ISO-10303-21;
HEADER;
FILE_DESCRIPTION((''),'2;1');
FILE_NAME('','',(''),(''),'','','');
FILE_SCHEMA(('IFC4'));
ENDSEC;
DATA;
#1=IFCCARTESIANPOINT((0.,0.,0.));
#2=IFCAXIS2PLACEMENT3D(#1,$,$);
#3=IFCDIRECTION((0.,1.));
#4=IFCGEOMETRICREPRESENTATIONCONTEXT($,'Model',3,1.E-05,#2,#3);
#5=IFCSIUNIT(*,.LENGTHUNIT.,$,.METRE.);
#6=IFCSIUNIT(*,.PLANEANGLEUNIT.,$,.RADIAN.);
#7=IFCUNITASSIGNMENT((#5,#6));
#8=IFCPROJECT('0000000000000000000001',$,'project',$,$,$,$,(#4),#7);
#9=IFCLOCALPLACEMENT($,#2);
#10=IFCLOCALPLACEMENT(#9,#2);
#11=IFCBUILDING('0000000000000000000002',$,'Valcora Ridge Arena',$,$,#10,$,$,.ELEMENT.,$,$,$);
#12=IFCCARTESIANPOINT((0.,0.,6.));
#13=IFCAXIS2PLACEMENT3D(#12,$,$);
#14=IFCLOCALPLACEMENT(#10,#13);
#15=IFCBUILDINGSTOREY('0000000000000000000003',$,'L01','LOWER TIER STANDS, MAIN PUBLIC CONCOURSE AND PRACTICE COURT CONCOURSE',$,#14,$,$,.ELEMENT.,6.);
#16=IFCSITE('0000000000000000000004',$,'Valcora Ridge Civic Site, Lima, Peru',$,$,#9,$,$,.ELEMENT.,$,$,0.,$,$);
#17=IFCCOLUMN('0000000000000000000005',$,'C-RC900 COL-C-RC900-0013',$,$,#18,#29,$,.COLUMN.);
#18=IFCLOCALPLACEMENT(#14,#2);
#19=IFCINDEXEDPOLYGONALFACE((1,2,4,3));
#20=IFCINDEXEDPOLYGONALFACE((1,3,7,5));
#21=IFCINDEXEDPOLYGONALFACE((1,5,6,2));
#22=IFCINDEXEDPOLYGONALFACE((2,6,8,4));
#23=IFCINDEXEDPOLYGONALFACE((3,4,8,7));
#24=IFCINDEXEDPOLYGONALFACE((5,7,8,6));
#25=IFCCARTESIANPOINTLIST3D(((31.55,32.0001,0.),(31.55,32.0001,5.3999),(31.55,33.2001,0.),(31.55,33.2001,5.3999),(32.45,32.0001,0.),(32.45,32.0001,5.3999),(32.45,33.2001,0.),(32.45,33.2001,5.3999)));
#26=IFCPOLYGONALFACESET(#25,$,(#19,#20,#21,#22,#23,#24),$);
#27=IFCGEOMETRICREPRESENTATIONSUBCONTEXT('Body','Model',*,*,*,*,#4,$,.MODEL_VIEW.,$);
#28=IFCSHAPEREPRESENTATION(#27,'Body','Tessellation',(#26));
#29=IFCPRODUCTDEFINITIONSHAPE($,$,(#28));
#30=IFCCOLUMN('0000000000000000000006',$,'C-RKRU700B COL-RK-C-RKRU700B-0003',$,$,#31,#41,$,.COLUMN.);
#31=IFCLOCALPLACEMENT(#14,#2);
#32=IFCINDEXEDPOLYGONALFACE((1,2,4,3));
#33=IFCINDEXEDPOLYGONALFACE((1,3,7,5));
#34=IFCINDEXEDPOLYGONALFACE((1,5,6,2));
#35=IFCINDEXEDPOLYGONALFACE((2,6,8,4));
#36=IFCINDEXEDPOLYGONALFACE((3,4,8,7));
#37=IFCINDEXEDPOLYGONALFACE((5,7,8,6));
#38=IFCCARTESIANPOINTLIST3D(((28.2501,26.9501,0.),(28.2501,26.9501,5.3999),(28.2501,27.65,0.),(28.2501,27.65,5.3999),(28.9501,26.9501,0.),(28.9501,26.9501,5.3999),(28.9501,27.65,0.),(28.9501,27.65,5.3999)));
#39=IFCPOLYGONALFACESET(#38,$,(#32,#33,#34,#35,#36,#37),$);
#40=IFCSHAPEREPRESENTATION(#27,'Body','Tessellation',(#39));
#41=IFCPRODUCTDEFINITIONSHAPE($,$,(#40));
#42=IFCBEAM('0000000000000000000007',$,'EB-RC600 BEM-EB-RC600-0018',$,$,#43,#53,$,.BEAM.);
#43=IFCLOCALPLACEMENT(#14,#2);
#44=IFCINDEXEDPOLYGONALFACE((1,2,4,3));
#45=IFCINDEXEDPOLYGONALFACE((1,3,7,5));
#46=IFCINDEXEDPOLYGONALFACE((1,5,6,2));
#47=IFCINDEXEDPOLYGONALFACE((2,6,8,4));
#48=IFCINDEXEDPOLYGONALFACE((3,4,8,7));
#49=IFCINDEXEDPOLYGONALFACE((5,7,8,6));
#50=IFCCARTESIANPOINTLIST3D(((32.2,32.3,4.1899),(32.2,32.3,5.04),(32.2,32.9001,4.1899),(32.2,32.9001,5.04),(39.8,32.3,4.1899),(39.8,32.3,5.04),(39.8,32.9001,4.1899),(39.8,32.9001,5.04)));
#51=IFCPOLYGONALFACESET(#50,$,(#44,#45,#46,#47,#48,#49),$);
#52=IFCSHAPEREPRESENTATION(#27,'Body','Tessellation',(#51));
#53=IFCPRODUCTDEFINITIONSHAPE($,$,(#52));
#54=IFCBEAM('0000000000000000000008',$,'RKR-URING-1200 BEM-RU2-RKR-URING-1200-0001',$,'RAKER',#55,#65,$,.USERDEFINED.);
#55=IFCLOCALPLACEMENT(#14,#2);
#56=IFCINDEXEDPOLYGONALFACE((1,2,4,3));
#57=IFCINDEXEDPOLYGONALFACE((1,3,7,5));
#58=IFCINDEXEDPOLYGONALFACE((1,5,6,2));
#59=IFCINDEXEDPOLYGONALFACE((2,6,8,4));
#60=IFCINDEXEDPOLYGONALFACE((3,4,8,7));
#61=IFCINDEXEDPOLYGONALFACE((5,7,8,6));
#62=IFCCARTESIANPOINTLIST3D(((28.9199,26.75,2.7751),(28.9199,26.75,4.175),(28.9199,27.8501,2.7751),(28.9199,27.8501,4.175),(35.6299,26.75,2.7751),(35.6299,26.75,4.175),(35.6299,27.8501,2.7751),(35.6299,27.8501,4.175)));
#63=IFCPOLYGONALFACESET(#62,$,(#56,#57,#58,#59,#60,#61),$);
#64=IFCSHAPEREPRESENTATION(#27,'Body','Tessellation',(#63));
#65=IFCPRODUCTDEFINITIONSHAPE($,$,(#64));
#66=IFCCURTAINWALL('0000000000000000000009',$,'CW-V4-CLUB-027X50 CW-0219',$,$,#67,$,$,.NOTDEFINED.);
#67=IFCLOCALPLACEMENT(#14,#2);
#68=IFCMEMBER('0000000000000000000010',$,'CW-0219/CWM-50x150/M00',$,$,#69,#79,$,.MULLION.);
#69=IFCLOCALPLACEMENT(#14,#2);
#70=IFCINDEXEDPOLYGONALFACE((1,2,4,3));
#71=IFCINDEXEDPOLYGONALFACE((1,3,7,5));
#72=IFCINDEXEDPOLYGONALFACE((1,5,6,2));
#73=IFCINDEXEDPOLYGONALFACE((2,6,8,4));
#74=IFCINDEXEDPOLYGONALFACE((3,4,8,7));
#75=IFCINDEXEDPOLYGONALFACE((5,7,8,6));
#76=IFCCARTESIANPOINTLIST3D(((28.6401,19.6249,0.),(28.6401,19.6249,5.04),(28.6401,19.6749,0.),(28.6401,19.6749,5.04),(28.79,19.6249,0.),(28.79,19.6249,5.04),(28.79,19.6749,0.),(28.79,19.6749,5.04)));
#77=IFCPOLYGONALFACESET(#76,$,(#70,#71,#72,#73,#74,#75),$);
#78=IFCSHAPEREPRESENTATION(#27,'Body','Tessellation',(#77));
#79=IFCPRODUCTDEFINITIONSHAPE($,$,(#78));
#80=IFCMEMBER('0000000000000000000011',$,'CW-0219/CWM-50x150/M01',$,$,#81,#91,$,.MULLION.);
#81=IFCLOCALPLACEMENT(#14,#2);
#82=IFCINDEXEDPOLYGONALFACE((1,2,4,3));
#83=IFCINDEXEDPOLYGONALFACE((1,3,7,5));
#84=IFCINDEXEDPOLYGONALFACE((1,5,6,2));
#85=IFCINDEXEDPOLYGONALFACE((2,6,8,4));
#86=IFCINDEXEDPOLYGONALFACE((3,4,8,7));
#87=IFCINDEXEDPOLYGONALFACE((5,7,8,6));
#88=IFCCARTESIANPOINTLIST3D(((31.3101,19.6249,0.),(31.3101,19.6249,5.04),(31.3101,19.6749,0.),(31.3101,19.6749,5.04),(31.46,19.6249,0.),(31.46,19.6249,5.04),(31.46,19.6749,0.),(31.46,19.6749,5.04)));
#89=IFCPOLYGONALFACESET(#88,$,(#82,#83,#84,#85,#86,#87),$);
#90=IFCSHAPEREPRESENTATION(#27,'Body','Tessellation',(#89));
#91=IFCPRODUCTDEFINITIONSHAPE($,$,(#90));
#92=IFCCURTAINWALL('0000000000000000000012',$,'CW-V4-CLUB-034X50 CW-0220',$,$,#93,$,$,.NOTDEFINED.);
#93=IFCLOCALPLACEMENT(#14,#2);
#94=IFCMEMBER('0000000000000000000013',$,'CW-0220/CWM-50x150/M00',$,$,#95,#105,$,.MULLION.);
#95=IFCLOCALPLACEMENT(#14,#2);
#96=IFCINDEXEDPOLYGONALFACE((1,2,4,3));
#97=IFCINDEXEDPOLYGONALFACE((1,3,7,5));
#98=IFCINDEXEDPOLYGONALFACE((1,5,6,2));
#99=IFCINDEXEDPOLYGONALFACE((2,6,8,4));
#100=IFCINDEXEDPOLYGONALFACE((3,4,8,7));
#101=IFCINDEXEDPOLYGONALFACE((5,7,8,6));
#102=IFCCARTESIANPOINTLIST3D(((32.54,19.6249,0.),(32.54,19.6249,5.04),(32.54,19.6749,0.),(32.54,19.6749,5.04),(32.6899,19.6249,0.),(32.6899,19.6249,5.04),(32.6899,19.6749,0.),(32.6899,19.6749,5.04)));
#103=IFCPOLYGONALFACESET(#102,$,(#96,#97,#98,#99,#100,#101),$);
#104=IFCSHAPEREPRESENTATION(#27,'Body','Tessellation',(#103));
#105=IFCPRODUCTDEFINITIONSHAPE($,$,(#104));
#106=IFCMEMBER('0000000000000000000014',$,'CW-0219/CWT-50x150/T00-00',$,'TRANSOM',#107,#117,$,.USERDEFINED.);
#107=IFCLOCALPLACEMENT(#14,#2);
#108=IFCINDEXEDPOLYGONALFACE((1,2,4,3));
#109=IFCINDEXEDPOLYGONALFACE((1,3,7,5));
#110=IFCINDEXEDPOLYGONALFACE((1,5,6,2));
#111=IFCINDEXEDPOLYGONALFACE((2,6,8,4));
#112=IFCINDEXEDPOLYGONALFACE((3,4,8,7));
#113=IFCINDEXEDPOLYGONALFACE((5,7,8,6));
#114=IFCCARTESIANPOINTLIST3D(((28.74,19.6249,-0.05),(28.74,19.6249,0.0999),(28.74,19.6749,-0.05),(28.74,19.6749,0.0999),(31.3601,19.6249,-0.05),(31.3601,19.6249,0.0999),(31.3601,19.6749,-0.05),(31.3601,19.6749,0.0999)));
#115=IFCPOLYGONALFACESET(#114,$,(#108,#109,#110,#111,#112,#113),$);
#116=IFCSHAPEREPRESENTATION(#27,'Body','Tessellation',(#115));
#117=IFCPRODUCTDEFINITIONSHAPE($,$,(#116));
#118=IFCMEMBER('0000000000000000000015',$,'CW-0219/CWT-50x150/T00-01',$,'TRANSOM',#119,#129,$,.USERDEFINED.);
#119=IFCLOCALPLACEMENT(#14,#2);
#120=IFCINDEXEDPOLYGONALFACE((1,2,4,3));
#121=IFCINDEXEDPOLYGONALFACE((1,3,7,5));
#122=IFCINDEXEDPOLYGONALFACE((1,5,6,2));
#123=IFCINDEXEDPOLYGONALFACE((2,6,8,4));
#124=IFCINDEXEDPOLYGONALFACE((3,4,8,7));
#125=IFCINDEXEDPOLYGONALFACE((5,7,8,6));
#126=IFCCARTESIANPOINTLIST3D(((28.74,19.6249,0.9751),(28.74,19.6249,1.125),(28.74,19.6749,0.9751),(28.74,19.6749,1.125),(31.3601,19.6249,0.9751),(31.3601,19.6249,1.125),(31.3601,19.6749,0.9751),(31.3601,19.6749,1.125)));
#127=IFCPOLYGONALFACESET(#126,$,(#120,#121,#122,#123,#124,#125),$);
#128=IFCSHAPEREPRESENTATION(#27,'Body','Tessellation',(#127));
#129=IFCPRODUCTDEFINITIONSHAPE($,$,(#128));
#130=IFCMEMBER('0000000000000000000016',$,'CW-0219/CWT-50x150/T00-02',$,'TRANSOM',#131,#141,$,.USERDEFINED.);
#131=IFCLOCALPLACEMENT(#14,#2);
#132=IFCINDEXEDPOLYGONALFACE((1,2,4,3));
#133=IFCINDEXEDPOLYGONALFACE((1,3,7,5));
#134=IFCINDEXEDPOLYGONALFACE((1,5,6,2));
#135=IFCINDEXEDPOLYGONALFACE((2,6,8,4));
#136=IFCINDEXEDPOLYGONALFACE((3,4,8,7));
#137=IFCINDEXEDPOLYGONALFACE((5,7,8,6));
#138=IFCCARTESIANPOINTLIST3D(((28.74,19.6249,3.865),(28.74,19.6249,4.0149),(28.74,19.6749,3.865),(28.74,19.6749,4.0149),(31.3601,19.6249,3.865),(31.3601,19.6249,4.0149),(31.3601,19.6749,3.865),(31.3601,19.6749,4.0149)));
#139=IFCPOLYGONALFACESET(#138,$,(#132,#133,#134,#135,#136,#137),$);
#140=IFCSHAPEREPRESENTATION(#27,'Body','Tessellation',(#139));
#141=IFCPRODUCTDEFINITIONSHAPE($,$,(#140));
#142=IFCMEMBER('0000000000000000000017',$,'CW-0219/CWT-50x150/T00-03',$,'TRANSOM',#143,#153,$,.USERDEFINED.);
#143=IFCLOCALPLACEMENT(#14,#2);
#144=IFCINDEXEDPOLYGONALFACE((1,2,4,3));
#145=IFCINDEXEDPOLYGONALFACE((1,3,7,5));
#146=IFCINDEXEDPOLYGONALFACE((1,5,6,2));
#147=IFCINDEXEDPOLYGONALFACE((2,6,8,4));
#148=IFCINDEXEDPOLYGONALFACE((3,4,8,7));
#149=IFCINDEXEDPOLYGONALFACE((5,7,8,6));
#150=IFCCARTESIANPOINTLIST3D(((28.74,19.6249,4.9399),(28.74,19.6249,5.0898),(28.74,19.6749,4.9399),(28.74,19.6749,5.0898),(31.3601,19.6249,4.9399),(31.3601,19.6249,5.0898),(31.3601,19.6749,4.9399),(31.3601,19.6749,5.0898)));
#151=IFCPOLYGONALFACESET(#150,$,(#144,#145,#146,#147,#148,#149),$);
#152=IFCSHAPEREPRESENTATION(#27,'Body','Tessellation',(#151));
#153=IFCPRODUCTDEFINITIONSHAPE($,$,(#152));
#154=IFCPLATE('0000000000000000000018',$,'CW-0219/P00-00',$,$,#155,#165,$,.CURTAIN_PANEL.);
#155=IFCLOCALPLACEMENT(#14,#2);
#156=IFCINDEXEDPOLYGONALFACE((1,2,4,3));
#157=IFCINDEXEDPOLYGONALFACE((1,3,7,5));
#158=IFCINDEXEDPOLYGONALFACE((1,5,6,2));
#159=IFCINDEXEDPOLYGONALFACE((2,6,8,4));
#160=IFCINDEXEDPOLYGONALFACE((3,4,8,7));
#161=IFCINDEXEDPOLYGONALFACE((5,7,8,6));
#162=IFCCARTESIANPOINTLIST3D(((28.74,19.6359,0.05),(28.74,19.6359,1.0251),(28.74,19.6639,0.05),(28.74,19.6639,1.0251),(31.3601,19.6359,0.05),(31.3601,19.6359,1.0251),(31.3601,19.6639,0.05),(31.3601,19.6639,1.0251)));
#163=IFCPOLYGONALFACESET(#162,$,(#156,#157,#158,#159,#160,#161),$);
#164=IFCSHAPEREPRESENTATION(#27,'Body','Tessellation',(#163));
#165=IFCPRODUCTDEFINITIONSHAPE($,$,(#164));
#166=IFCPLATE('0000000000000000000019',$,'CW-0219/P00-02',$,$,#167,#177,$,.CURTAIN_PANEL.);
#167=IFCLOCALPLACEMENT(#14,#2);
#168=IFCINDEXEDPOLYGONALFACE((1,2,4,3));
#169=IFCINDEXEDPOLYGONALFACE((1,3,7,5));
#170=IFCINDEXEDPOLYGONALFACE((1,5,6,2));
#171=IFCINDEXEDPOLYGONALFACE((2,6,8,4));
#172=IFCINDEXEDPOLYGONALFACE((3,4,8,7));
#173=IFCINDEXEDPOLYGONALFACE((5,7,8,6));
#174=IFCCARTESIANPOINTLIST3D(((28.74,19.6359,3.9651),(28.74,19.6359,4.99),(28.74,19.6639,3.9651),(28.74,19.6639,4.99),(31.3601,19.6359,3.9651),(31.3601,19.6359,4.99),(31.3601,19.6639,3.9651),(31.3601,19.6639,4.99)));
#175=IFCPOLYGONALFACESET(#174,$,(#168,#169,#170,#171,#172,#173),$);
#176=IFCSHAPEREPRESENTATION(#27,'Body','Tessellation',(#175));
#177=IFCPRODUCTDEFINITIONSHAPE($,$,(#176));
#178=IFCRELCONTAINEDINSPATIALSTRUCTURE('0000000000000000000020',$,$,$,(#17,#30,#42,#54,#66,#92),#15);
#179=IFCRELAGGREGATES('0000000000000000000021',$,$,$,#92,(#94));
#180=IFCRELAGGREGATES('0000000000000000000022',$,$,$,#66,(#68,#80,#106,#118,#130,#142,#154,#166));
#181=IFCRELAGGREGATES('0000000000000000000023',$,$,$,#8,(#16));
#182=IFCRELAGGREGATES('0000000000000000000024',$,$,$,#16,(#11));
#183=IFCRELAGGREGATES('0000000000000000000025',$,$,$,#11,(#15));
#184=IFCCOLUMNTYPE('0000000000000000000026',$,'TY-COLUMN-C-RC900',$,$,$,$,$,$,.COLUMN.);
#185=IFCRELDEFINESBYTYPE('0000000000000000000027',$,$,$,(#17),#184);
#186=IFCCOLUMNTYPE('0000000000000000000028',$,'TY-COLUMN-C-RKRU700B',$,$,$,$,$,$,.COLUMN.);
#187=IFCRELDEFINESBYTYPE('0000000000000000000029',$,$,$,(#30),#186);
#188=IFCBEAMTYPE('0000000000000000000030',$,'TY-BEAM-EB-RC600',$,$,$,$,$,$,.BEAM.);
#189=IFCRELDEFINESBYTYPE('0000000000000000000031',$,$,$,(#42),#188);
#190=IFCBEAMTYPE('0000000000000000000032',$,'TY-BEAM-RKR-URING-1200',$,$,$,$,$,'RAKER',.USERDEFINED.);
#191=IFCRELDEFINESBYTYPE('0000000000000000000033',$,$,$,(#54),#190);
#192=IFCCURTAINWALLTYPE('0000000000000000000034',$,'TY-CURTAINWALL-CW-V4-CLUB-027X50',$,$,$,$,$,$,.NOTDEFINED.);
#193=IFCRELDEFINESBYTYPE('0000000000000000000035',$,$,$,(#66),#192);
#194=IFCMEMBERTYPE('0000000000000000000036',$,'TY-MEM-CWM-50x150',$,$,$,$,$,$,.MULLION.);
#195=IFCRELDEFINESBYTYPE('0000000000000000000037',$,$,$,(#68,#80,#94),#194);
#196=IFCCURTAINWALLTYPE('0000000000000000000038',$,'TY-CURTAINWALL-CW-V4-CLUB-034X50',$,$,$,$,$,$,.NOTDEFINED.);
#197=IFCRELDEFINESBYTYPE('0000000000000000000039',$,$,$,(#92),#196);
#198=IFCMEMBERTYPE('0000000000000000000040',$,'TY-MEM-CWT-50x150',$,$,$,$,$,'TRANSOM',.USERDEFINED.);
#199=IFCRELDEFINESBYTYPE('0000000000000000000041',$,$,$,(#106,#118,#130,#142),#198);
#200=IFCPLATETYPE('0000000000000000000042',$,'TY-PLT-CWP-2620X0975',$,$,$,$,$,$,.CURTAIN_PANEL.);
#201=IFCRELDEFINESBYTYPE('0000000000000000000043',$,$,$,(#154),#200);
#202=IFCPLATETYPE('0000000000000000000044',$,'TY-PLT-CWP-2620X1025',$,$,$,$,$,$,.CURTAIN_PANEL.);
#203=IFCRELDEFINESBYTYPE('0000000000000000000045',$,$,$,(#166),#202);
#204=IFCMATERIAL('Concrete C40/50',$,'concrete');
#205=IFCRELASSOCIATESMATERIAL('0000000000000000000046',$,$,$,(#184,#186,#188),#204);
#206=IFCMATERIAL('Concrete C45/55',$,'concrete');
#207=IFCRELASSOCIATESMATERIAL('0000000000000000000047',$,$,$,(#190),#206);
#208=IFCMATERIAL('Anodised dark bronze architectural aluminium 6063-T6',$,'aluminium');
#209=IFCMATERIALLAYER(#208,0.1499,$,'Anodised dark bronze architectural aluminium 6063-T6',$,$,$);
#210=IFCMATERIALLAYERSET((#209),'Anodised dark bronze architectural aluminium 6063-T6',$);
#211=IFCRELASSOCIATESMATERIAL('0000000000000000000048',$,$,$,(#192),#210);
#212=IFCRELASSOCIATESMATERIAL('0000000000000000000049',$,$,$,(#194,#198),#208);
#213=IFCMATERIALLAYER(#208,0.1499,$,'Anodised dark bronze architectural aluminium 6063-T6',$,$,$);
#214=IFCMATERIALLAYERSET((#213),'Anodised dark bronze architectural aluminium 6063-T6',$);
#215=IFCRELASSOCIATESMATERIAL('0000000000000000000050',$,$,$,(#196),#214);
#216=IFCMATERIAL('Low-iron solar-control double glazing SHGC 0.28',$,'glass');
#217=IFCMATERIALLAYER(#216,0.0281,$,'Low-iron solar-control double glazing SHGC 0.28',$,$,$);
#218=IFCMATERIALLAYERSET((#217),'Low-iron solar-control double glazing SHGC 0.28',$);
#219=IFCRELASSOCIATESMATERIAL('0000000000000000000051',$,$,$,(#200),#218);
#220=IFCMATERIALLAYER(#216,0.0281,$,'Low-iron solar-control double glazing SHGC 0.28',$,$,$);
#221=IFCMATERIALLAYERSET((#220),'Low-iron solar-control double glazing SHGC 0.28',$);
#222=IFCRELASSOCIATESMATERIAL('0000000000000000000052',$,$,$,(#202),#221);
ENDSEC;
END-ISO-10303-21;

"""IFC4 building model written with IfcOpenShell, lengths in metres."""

from ifc_helpers import new_model, si_unit, direction, frame, origin, origin_2d, place, context, subcontext, project, spatial, rectangle, extrude, material, layer, layer_set, material_profile, profile_set, type_object, element, aggregate, save


model = new_model("IFC4")

# Units and contexts
model_context = context("Model", 3, precision=1e-05, world=origin(), true_north=direction((0.0, 1.0)))
body_context = subcontext(model_context, "Body", "Model", "MODEL_VIEW")
ifc_project = project(units=[si_unit("LENGTHUNIT", "METRE"), si_unit("PLANEANGLEUNIT", "RADIAN")], contexts=[model_context])

# Site, building, storey
site_placement = place(None, origin())
site = spatial("IfcSite", under=ifc_project, at=site_placement, Name="Valcora Ridge Civic Site, Lima, Peru", CompositionType="ELEMENT", RefElevation=0.0)
building_placement = place(site_placement, origin())
building = spatial("IfcBuilding", under=site, at=building_placement, Name="Valcora Ridge Arena", CompositionType="ELEMENT")
storey_placement = place(building_placement, frame((0.0, 0.0, 6.0)))
storey = spatial("IfcBuildingStorey", under=building, at=storey_placement, Name="L01", Description="LOWER TIER STANDS, MAIN PUBLIC CONCOURSE AND PRACTICE COURT CONCOURSE", CompositionType="ELEMENT", Elevation=6.0)

# Columns
ifc_material_1 = material(Name="Concrete C40/50", Category="concrete")
ifc_material_profile_1 = material_profile(ifc_material_1, rectangle(XDim=0.8999, YDim=1.2, at=origin_2d()), Name="RC 900x1200")
ifc_profile_set_1 = profile_set([ifc_material_profile_1], Name="Concrete C40/50")
column_type_1 = type_object("IfcColumnType", Name="TY-COLUMN-C-RC900", PredefinedType="COLUMN", material=ifc_profile_set_1)
column_1_placement = place(storey_placement, frame((32.0, 32.6001, 0.0), z_axis=(0.0, 0.0, 1.0), x_axis=(1.0, 0.0, 0.0)))
element("IfcColumn", 1, at=column_1_placement, inside=storey, type_object=column_type_1, Name="C-RC900 COL-C-RC900-0013", PredefinedType="COLUMN", context=body_context, shape_type="SweptSolid", body=[
    extrude(rectangle(XDim=0.8999, YDim=1.2, at=origin_2d()), origin(), (0.0, 0.0, 1.0), 5.3999),
])
ifc_material_profile_2 = material_profile(ifc_material_1, rectangle(XDim=0.7, YDim=0.7, at=origin_2d()), Name="RC 700x700")
ifc_profile_set_2 = profile_set([ifc_material_profile_2], Name="Concrete C40/50")
column_type_2 = type_object("IfcColumnType", Name="TY-COLUMN-C-RKRU700B", PredefinedType="COLUMN", material=ifc_profile_set_2)
column_2_placement = place(storey_placement, frame((28.6001, 27.3, 0.0), z_axis=(0.0, 0.0, 1.0), x_axis=(1.0, 0.0, 0.0)))
element("IfcColumn", 2, at=column_2_placement, inside=storey, type_object=column_type_2, Name="C-RKRU700B COL-RK-C-RKRU700B-0003", PredefinedType="COLUMN", context=body_context, shape_type="SweptSolid", body=[
    extrude(rectangle(XDim=0.7, YDim=0.7, at=origin_2d()), origin(), (0.0, 0.0, 1.0), 5.3999),
])

# Beams
ifc_material_profile_3 = material_profile(ifc_material_1, rectangle(XDim=0.6001, YDim=0.8501, at=origin_2d()), Name="RC 600x850")
ifc_profile_set_3 = profile_set([ifc_material_profile_3], Name="Concrete C40/50")
beam_type_1 = type_object("IfcBeamType", Name="TY-BEAM-EB-RC600", PredefinedType="BEAM", material=ifc_profile_set_3)
beam_1_placement = place(storey_placement, frame((32.2, 32.6001, 4.615), z_axis=(1.0, 0.0, 0.0), x_axis=(0.0, 1.0, 0.0)))
element("IfcBeam", 3, at=beam_1_placement, inside=storey, type_object=beam_type_1, Name="EB-RC600 BEM-EB-RC600-0018", PredefinedType="BEAM", context=body_context, shape_type="SweptSolid", body=[
    extrude(rectangle(XDim=0.6001, YDim=0.8501, at=origin_2d()), origin(), (0.0, 0.0, 1.0), 7.6001),
])
ifc_material_2 = material(Name="Concrete C45/55", Category="concrete")
ifc_material_profile_4 = material_profile(ifc_material_2, rectangle(XDim=1.1001, YDim=1.3999, at=origin_2d()), Name="RC 1100x1400")
ifc_profile_set_4 = profile_set([ifc_material_profile_4], Name="Concrete C45/55")
beam_type_2 = type_object("IfcBeamType", Name="TY-BEAM-RKR-URING-1200", ElementType="RAKER", PredefinedType="USERDEFINED", material=ifc_profile_set_4)
beam_2_placement = place(storey_placement, frame((28.9199, 27.3, 3.4751), z_axis=(1.0, 0.0, 0.0), x_axis=(0.0, 1.0, 0.0)))
element("IfcBeam", 4, at=beam_2_placement, inside=storey, type_object=beam_type_2, Name="RKR-URING-1200 BEM-RU2-RKR-URING-1200-0001", ObjectType="RAKER", PredefinedType="USERDEFINED", context=body_context, shape_type="SweptSolid", body=[
    extrude(rectangle(XDim=1.1001, YDim=1.3999, at=origin_2d()), origin(), (0.0, 0.0, 1.0), 6.71),
])

# Curtain wall, members
ifc_material_3 = material(Name="Anodised dark bronze architectural aluminium 6063-T6", Category="aluminium")
ifc_layer_1 = layer(ifc_material_3, 0.1499, Name="Anodised dark bronze architectural aluminium 6063-T6")
ifc_layer_set_1 = layer_set([ifc_layer_1], Name="Anodised dark bronze architectural aluminium 6063-T6")
curtain_wall_type_1 = type_object("IfcCurtainWallType", Name="TY-CURTAINWALL-CW-V4-CLUB-027X50", PredefinedType="NOTDEFINED", material=ifc_layer_set_1)
curtain_wall_1_placement = place(storey_placement, origin())
curtain_wall_1 = element("IfcCurtainWall", 5, at=curtain_wall_1_placement, inside=storey, type_object=curtain_wall_type_1, Name="CW-V4-CLUB-027X50 CW-0219", PredefinedType="NOTDEFINED")
ifc_material_profile_5 = material_profile(ifc_material_3, rectangle(XDim=0.05, YDim=0.1499, at=origin_2d()), Name="ALU MULLION 50x150")
ifc_profile_set_5 = profile_set([ifc_material_profile_5], Name="Anodised dark bronze architectural aluminium 6063-T6")
member_type_1 = type_object("IfcMemberType", Name="TY-MEM-CWM-50x150", PredefinedType="MULLION", material=ifc_profile_set_5)
member_1_placement = place(storey_placement, frame((28.7151, 19.6499, 0.0), z_axis=(0.0, 0.0, 1.0), x_axis=(0.0, 1.0, 0.0)))
member_1 = element("IfcMember", 6, at=member_1_placement, type_object=member_type_1, Name="CW-0219/CWM-50x150/M00", PredefinedType="MULLION", context=body_context, shape_type="SweptSolid", body=[
    extrude(rectangle(XDim=0.05, YDim=0.1499, at=origin_2d()), origin(), (0.0, 0.0, 1.0), 5.04),
])
member_2_placement = place(storey_placement, frame((31.385, 19.6499, 0.0), z_axis=(0.0, 0.0, 1.0), x_axis=(0.0, 1.0, 0.0)))
member_2 = element("IfcMember", 7, at=member_2_placement, type_object=member_type_1, Name="CW-0219/CWM-50x150/M01", PredefinedType="MULLION", context=body_context, shape_type="SweptSolid", body=[
    extrude(rectangle(XDim=0.05, YDim=0.1499, at=origin_2d()), origin(), (0.0, 0.0, 1.0), 5.04),
])

# Curtain wall, member
ifc_layer_2 = layer(ifc_material_3, 0.1499, Name="Anodised dark bronze architectural aluminium 6063-T6")
ifc_layer_set_2 = layer_set([ifc_layer_2], Name="Anodised dark bronze architectural aluminium 6063-T6")
curtain_wall_type_2 = type_object("IfcCurtainWallType", Name="TY-CURTAINWALL-CW-V4-CLUB-034X50", PredefinedType="NOTDEFINED", material=ifc_layer_set_2)
curtain_wall_2_placement = place(storey_placement, origin())
curtain_wall_2 = element("IfcCurtainWall", 8, at=curtain_wall_2_placement, inside=storey, type_object=curtain_wall_type_2, Name="CW-V4-CLUB-034X50 CW-0220", PredefinedType="NOTDEFINED")
member_3_placement = place(storey_placement, frame((32.615, 19.6499, 0.0), z_axis=(0.0, 0.0, 1.0), x_axis=(0.0, 1.0, 0.0)))
member_3 = element("IfcMember", 9, at=member_3_placement, type_object=member_type_1, Name="CW-0220/CWM-50x150/M00", PredefinedType="MULLION", context=body_context, shape_type="SweptSolid", body=[
    extrude(rectangle(XDim=0.05, YDim=0.1499, at=origin_2d()), origin(), (0.0, 0.0, 1.0), 5.04),
])
aggregate(curtain_wall_2, [member_3])

# Members
ifc_material_profile_6 = material_profile(ifc_material_3, rectangle(XDim=0.05, YDim=0.1499, at=origin_2d()), Name="ALU TRANSOM 50x150")
ifc_profile_set_6 = profile_set([ifc_material_profile_6], Name="Anodised dark bronze architectural aluminium 6063-T6")
member_type_2 = type_object("IfcMemberType", Name="TY-MEM-CWT-50x150", ElementType="TRANSOM", PredefinedType="USERDEFINED", material=ifc_profile_set_6)
member_4_placement = place(storey_placement, frame((28.74, 19.6499, 0.0249), z_axis=(1.0, 0.0, 0.0), x_axis=(0.0, 1.0, 0.0)))
member_4 = element("IfcMember", 10, at=member_4_placement, type_object=member_type_2, Name="CW-0219/CWT-50x150/T00-00", ObjectType="TRANSOM", PredefinedType="USERDEFINED", context=body_context, shape_type="SweptSolid", body=[
    extrude(rectangle(XDim=0.05, YDim=0.1499, at=origin_2d()), origin(), (0.0, 0.0, 1.0), 2.6201),
])
member_5_placement = place(storey_placement, frame((28.74, 19.6499, 1.05), z_axis=(1.0, 0.0, 0.0), x_axis=(0.0, 1.0, 0.0)))
member_5 = element("IfcMember", 11, at=member_5_placement, type_object=member_type_2, Name="CW-0219/CWT-50x150/T00-01", ObjectType="TRANSOM", PredefinedType="USERDEFINED", context=body_context, shape_type="SweptSolid", body=[
    extrude(rectangle(XDim=0.05, YDim=0.1499, at=origin_2d()), origin(), (0.0, 0.0, 1.0), 2.6201),
])
member_6_placement = place(storey_placement, frame((28.74, 19.6499, 3.9399), z_axis=(1.0, 0.0, 0.0), x_axis=(0.0, 1.0, 0.0)))
member_6 = element("IfcMember", 12, at=member_6_placement, type_object=member_type_2, Name="CW-0219/CWT-50x150/T00-02", ObjectType="TRANSOM", PredefinedType="USERDEFINED", context=body_context, shape_type="SweptSolid", body=[
    extrude(rectangle(XDim=0.05, YDim=0.1499, at=origin_2d()), origin(), (0.0, 0.0, 1.0), 2.6201),
])
member_7_placement = place(storey_placement, frame((28.74, 19.6499, 5.0149), z_axis=(1.0, 0.0, 0.0), x_axis=(0.0, 1.0, 0.0)))
member_7 = element("IfcMember", 13, at=member_7_placement, type_object=member_type_2, Name="CW-0219/CWT-50x150/T00-03", ObjectType="TRANSOM", PredefinedType="USERDEFINED", context=body_context, shape_type="SweptSolid", body=[
    extrude(rectangle(XDim=0.05, YDim=0.1499, at=origin_2d()), origin(), (0.0, 0.0, 1.0), 2.6201),
])

# Plates
ifc_material_4 = material(Name="Low-iron solar-control double glazing SHGC 0.28", Category="glass")
ifc_layer_3 = layer(ifc_material_4, 0.0281, Name="Low-iron solar-control double glazing SHGC 0.28")
ifc_layer_set_3 = layer_set([ifc_layer_3], Name="Low-iron solar-control double glazing SHGC 0.28")
plate_type_1 = type_object("IfcPlateType", Name="TY-PLT-CWP-2620X0975", PredefinedType="CURTAIN_PANEL", material=ifc_layer_set_3)
plate_1_placement = place(storey_placement, frame((30.05, 19.6499, 0.05), z_axis=(0.0, 0.0, 1.0), x_axis=(1.0, 0.0, 0.0)))
plate_1 = element("IfcPlate", 14, at=plate_1_placement, type_object=plate_type_1, Name="CW-0219/P00-00", PredefinedType="CURTAIN_PANEL", context=body_context, shape_type="SweptSolid", body=[
    extrude(rectangle(XDim=2.6201, YDim=0.0281, at=origin_2d()), origin(), (0.0, 0.0, 1.0), 0.9751),
])
ifc_layer_4 = layer(ifc_material_4, 0.0281, Name="Low-iron solar-control double glazing SHGC 0.28")
ifc_layer_set_4 = layer_set([ifc_layer_4], Name="Low-iron solar-control double glazing SHGC 0.28")
plate_type_2 = type_object("IfcPlateType", Name="TY-PLT-CWP-2620X1025", PredefinedType="CURTAIN_PANEL", material=ifc_layer_set_4)
plate_2_placement = place(storey_placement, frame((30.05, 19.6499, 3.9651), z_axis=(0.0, 0.0, 1.0), x_axis=(1.0, 0.0, 0.0)))
plate_2 = element("IfcPlate", 15, at=plate_2_placement, type_object=plate_type_2, Name="CW-0219/P00-02", PredefinedType="CURTAIN_PANEL", context=body_context, shape_type="SweptSolid", body=[
    extrude(rectangle(XDim=2.6201, YDim=0.0281, at=origin_2d()), origin(), (0.0, 0.0, 1.0), 1.0249),
])
aggregate(curtain_wall_1, [member_1, member_2, member_4, member_5, member_6, member_7, plate_1, plate_2])

save(model, "model.ifc")
